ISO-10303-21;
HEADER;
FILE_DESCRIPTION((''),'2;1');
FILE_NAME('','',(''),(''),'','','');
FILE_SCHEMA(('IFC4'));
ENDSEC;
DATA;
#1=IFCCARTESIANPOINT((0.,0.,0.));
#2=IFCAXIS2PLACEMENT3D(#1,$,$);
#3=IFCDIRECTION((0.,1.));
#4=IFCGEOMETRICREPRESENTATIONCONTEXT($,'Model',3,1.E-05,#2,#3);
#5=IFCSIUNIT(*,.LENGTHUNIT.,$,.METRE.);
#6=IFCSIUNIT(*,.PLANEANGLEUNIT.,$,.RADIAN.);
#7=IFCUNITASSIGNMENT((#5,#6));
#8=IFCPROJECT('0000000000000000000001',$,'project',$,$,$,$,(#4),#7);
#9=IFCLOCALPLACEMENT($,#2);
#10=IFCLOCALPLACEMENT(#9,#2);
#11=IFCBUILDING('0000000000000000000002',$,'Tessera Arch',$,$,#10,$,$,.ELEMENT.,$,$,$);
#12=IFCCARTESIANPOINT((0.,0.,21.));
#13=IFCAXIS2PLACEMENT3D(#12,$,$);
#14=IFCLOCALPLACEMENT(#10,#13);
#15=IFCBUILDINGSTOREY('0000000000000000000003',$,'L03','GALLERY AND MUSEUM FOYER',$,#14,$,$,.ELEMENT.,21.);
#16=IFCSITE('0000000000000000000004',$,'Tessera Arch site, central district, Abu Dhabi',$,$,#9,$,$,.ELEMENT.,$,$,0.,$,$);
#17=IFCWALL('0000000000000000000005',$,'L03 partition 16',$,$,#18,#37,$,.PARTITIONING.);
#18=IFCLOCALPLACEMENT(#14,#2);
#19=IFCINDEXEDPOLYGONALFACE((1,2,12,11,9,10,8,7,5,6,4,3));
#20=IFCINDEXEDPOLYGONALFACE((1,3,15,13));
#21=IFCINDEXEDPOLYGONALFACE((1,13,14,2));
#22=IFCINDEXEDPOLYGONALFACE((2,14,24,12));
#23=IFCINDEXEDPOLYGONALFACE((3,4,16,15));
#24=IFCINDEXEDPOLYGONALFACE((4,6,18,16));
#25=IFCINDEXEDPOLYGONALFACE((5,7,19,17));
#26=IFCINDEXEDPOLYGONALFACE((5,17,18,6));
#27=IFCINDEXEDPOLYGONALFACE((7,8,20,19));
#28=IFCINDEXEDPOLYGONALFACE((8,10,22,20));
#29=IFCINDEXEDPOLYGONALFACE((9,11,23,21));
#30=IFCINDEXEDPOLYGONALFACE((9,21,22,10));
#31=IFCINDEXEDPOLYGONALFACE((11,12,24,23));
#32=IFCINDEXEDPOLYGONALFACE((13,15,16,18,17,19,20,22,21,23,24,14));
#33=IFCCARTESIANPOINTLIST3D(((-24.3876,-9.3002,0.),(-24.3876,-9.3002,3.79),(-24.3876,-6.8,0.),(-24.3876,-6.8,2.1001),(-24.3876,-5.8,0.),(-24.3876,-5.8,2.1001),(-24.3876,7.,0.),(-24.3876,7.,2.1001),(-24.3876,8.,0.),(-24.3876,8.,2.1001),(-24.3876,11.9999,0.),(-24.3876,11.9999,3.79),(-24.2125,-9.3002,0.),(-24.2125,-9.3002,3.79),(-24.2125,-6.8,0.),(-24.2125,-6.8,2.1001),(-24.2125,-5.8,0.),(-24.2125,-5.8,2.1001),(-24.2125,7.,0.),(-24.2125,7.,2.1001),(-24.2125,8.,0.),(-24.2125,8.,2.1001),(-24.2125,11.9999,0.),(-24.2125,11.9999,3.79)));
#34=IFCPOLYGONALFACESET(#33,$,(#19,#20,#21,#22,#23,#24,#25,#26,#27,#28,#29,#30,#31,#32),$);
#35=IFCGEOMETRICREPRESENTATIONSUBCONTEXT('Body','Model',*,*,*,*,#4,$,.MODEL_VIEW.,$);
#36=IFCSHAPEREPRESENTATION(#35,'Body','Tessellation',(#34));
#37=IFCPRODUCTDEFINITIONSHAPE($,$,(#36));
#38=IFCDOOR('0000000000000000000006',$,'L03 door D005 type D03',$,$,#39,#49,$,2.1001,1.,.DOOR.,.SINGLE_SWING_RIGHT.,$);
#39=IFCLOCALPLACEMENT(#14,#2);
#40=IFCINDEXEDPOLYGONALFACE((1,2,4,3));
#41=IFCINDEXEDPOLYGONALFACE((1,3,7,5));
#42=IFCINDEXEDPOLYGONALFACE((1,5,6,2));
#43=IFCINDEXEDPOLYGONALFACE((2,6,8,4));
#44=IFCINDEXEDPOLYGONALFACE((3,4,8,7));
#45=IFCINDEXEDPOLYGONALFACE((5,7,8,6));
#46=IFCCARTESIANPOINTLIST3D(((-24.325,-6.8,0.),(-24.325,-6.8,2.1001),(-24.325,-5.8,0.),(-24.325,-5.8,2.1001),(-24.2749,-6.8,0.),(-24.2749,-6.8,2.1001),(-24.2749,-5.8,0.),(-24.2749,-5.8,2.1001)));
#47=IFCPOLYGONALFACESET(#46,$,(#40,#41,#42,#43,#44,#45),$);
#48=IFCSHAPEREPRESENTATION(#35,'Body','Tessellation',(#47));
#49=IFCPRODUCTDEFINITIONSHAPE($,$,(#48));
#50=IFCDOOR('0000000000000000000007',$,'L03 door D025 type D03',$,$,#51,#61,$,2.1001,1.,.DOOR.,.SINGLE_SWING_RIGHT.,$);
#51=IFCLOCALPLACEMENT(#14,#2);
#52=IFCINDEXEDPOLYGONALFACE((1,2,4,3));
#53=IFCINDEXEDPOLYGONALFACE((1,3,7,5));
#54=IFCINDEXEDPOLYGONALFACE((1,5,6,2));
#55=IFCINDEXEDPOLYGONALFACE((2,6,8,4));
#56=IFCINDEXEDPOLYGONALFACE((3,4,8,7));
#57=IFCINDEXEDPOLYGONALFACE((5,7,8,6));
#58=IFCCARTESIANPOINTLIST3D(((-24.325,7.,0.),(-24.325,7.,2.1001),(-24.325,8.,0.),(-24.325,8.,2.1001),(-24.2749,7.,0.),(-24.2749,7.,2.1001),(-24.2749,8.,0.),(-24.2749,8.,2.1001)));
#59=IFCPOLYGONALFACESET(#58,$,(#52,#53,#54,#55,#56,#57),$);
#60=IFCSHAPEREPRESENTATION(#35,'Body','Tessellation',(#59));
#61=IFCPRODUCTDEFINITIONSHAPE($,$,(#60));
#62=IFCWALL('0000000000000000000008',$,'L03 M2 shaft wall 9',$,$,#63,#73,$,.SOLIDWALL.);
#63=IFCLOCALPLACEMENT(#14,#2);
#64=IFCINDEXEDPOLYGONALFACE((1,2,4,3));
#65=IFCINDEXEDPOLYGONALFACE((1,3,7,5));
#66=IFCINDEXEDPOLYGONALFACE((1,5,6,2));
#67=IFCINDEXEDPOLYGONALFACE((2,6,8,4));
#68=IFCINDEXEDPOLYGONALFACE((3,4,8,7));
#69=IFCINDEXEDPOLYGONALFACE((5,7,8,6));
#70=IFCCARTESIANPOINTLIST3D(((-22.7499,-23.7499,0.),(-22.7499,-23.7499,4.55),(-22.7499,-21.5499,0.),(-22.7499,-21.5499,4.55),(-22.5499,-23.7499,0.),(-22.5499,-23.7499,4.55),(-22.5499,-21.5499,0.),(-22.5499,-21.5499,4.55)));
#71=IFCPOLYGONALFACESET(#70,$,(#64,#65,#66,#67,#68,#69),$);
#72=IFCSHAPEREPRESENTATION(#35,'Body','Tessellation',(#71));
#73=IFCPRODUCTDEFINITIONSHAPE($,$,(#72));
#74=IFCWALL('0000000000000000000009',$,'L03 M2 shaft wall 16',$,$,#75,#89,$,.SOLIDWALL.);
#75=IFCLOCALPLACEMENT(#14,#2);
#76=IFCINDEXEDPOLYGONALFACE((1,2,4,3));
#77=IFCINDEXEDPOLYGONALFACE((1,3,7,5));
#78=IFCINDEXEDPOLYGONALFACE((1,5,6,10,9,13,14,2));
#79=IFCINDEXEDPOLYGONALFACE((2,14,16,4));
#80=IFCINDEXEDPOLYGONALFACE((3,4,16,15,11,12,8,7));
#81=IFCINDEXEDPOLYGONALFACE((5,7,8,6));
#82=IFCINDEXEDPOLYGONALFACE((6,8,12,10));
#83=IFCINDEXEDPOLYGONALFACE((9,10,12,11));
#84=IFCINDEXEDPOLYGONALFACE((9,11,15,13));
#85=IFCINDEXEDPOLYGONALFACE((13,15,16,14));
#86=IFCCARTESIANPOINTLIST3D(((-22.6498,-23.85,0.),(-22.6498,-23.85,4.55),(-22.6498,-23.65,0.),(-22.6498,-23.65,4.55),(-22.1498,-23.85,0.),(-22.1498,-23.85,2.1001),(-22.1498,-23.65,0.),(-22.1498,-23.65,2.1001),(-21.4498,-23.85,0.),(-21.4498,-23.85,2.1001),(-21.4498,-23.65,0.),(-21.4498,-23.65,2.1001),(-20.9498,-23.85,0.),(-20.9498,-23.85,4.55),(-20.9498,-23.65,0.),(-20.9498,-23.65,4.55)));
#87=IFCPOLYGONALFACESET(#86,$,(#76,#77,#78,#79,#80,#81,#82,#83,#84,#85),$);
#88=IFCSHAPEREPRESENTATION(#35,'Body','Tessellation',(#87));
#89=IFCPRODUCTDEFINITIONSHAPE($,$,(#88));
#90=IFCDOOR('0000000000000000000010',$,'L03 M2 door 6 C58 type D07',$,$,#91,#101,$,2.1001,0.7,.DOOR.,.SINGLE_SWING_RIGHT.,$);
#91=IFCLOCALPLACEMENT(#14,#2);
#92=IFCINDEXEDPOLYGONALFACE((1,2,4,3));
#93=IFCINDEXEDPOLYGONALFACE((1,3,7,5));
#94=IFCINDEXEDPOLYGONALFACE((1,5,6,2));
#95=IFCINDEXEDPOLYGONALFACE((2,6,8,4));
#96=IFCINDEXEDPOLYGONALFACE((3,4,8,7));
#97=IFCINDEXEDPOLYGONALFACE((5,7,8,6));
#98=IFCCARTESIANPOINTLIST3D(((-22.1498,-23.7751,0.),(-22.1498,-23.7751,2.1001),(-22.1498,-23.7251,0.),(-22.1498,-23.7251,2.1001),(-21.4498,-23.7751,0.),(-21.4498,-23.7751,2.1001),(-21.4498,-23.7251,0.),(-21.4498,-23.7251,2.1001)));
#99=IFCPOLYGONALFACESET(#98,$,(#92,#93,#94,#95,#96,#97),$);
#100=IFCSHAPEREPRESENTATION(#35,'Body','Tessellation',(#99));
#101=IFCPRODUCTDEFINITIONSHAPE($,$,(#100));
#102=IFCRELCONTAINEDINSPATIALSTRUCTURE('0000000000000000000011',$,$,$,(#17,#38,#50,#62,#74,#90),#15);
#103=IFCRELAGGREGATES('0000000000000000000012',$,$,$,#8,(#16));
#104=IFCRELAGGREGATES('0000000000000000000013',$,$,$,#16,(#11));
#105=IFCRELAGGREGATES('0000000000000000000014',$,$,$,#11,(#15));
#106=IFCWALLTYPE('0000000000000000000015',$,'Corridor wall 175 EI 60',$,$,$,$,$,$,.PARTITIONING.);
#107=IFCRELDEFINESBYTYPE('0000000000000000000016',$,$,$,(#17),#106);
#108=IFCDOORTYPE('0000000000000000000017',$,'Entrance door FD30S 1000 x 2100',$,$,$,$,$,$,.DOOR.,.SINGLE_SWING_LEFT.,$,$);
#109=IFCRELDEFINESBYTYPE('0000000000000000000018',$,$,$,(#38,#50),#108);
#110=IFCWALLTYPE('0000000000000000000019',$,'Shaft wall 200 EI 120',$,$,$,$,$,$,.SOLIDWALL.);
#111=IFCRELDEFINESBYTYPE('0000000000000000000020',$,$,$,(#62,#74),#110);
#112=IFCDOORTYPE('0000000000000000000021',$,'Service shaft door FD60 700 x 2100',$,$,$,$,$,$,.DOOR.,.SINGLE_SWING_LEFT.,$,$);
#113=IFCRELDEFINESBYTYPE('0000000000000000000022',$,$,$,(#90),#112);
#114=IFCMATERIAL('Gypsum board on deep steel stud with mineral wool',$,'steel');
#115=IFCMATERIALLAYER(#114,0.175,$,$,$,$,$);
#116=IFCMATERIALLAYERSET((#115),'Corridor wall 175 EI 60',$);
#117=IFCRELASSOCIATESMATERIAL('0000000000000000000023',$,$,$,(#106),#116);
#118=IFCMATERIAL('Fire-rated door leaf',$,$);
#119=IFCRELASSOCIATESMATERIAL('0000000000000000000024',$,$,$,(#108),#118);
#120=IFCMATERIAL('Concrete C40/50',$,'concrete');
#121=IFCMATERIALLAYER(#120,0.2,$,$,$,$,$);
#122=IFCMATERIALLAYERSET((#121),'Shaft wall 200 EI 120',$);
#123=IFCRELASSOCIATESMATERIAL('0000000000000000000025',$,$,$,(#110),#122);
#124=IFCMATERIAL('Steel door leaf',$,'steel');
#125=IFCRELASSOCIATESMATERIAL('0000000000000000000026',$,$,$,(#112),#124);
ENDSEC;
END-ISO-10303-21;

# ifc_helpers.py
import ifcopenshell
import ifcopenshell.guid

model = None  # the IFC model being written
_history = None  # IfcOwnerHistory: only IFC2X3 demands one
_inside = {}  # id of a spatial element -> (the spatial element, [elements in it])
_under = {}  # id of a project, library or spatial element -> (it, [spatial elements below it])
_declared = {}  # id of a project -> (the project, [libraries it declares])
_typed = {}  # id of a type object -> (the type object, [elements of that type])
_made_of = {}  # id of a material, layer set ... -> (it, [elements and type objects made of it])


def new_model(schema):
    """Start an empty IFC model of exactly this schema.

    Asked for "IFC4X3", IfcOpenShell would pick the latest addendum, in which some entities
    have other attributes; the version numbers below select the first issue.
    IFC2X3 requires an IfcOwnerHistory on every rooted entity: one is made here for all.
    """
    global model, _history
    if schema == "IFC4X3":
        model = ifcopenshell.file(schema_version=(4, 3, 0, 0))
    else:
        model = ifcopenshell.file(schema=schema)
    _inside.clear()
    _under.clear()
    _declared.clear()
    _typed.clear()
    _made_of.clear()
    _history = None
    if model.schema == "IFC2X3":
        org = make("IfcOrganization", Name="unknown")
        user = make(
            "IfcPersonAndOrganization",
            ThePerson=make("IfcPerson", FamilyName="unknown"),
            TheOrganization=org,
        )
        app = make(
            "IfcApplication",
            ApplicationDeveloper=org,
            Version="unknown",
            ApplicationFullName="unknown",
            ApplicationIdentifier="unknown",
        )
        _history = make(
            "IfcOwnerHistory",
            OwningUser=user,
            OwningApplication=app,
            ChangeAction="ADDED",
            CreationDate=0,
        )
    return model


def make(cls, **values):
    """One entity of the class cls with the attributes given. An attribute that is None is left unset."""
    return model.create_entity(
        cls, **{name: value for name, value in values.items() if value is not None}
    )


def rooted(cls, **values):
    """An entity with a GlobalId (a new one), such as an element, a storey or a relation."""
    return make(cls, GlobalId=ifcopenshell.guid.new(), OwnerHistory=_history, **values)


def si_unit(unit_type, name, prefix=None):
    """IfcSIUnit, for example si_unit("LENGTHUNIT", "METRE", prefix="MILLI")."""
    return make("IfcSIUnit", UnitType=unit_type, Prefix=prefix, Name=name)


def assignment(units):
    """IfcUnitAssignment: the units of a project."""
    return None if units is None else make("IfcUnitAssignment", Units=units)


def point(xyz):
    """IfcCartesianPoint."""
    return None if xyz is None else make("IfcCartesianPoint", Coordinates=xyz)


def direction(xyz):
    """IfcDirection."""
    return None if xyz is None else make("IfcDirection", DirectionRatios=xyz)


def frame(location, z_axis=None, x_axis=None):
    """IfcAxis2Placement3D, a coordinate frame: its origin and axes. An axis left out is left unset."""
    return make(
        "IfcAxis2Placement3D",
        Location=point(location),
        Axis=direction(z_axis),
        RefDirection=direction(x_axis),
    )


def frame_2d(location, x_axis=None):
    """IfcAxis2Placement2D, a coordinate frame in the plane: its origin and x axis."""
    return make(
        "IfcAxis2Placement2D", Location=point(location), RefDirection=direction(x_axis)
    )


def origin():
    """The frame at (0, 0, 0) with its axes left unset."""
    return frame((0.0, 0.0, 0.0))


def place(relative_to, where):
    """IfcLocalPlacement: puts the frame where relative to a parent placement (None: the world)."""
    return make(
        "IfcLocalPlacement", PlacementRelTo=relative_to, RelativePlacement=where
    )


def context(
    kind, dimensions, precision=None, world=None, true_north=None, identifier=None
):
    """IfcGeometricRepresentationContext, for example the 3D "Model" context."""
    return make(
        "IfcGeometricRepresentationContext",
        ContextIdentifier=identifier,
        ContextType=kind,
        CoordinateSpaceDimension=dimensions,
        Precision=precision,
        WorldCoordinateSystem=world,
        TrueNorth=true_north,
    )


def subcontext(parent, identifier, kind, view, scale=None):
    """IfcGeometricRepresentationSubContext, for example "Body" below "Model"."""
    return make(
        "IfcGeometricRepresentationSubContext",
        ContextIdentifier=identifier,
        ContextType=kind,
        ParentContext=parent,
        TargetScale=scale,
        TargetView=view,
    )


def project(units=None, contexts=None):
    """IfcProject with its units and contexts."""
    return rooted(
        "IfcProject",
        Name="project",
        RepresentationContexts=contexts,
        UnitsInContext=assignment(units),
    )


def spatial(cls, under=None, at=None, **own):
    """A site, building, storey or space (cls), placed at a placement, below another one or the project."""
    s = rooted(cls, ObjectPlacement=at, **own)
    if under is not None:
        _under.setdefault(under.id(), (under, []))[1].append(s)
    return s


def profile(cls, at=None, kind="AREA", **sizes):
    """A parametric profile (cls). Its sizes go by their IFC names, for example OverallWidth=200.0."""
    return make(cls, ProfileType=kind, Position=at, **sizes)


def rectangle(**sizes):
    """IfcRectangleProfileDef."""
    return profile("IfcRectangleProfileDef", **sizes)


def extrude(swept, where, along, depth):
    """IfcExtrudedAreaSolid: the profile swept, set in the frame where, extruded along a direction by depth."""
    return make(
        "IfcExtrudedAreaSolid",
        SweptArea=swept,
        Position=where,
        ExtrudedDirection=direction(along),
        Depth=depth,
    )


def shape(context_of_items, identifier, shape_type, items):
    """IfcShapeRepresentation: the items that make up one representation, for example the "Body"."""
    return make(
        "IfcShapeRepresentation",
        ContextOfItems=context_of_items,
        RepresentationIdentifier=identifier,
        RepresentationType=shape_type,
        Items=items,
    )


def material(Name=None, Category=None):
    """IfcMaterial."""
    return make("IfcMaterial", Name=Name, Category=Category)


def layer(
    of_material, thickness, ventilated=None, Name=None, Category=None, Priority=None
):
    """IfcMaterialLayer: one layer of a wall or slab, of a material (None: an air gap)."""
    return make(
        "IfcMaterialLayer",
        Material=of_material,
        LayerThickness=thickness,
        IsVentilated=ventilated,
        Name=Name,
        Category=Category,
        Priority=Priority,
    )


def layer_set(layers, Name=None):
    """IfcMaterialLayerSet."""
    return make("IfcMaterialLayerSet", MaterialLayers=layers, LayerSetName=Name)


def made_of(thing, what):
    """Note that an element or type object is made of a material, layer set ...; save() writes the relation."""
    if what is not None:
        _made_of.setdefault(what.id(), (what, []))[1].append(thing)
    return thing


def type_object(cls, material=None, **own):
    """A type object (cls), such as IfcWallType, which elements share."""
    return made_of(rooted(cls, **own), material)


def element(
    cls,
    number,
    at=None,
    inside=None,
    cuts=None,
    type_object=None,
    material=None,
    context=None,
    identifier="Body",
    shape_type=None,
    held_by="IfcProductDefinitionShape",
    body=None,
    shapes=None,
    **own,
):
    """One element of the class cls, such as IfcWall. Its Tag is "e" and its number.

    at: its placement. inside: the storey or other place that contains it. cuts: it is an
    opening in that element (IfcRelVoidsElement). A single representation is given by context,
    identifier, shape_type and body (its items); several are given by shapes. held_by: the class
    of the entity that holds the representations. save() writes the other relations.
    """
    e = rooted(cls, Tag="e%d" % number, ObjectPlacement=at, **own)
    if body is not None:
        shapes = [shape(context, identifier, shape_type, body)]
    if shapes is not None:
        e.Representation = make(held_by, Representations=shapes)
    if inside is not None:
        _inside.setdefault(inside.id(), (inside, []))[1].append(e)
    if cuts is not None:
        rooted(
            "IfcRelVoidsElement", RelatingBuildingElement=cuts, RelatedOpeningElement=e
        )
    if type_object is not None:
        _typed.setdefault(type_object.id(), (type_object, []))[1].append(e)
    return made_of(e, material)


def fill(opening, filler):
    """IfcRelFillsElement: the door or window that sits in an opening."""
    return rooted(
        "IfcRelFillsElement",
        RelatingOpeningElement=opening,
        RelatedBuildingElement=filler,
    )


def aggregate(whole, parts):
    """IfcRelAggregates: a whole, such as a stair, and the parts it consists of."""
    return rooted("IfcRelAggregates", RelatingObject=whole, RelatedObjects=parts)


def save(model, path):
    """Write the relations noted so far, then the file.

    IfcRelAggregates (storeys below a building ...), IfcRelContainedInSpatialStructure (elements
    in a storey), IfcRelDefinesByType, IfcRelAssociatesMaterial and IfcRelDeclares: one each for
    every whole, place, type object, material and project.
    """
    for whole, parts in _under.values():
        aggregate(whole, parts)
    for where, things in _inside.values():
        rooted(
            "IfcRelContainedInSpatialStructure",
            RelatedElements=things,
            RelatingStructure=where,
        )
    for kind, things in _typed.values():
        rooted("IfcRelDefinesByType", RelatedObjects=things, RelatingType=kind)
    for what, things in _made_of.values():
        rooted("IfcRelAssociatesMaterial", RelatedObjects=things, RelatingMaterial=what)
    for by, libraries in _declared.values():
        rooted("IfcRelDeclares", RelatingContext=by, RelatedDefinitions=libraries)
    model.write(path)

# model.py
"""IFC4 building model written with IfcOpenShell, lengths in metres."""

from ifc_helpers import new_model, si_unit, direction, frame, frame_2d, origin, place, context, subcontext, project, spatial, rectangle, extrude, material, layer, layer_set, type_object, element, fill, save


model = new_model("IFC4")

# Units and contexts
model_context = context("Model", 3, precision=1e-05, world=origin(), true_north=direction((0.0, 1.0)))
body_context = subcontext(model_context, "Body", "Model", "MODEL_VIEW")
ifc_project = project(units=[si_unit("LENGTHUNIT", "METRE"), si_unit("PLANEANGLEUNIT", "RADIAN")], contexts=[model_context])

# Site, building, storey
site_placement = place(None, origin())
site = spatial("IfcSite", under=ifc_project, at=site_placement, Name="Tessera Arch site, central district, Abu Dhabi", CompositionType="ELEMENT", RefElevation=0.0)
building_placement = place(site_placement, origin())
building = spatial("IfcBuilding", under=site, at=building_placement, Name="Tessera Arch", CompositionType="ELEMENT")
storey_placement = place(building_placement, frame((0.0, 0.0, 21.0)))
storey = spatial("IfcBuildingStorey", under=building, at=storey_placement, Name="L03", Description="GALLERY AND MUSEUM FOYER", CompositionType="ELEMENT", Elevation=21.0)

# Wall, openings, doors
ifc_material_1 = material(Name="Gypsum board on deep steel stud with mineral wool", Category="steel")
ifc_layer_1 = layer(ifc_material_1, 0.175)
ifc_layer_set_1 = layer_set([ifc_layer_1], Name="Corridor wall 175 EI 60")
wall_type_1 = type_object("IfcWallType", Name="Corridor wall 175 EI 60", PredefinedType="PARTITIONING", material=ifc_layer_set_1)
wall_1_placement = place(storey_placement, frame((-24.3, -9.3, 0.0), z_axis=(0.0, 0.0, 1.0), x_axis=(0.0, 1.0, 0.0)))
wall_1 = element("IfcWall", 1, at=wall_1_placement, inside=storey, type_object=wall_type_1, Name="L03 partition 16", PredefinedType="PARTITIONING", context=body_context, shape_type="SweptSolid", body=[
    extrude(rectangle(XDim=21.3, YDim=0.175, at=frame_2d((10.6499, 0.0))), origin(), (0.0, 0.0, 1.0), 3.79),
])
opening_1_placement = place(wall_1_placement, frame((2.5, 0.0, 0.0)))
opening_1 = element("IfcOpeningElement", 2, at=opening_1_placement, cuts=wall_1, PredefinedType="OPENING", context=body_context, shape_type="SweptSolid", body=[
    extrude(rectangle(XDim=1.0, YDim=2.1001, at=frame_2d((0.5, 1.05))), frame((0.0, 0.0974, 0.0), z_axis=(0.0, -1.0, 0.0), x_axis=(1.0, 0.0, 0.0)), (0.0, 0.0, 1.0), 0.1951),
])
opening_2_placement = place(wall_1_placement, frame((16.3, 0.0, 0.0)))
opening_2 = element("IfcOpeningElement", 3, at=opening_2_placement, cuts=wall_1, PredefinedType="OPENING", context=body_context, shape_type="SweptSolid", body=[
    extrude(rectangle(XDim=1.0, YDim=2.1001, at=frame_2d((0.5, 1.05))), frame((0.0, 0.0974, 0.0), z_axis=(0.0, -1.0, 0.0), x_axis=(1.0, 0.0, 0.0)), (0.0, 0.0, 1.0), 0.1951),
])
ifc_material_2 = material(Name="Fire-rated door leaf")
door_type_1 = type_object("IfcDoorType", Name="Entrance door FD30S 1000 x 2100", OperationType="SINGLE_SWING_LEFT", PredefinedType="DOOR", material=ifc_material_2)
door_1_placement = place(opening_1_placement, origin())
door_1 = element("IfcDoor", 4, at=door_1_placement, inside=storey, type_object=door_type_1, Name="L03 door D005 type D03", OperationType="SINGLE_SWING_RIGHT", OverallHeight=2.1001, OverallWidth=1.0, PredefinedType="DOOR", context=body_context, shape_type="SweptSolid", body=[
    extrude(rectangle(XDim=1.0, YDim=2.1001, at=frame_2d((0.5, 1.05))), frame((0.0, 0.0249, 0.0), z_axis=(0.0, -1.0, 0.0), x_axis=(1.0, 0.0, 0.0)), (0.0, 0.0, 1.0), 0.05),
])
fill(opening_1, door_1)
door_2_placement = place(opening_2_placement, origin())
door_2 = element("IfcDoor", 5, at=door_2_placement, inside=storey, type_object=door_type_1, Name="L03 door D025 type D03", OperationType="SINGLE_SWING_RIGHT", OverallHeight=2.1001, OverallWidth=1.0, PredefinedType="DOOR", context=body_context, shape_type="SweptSolid", body=[
    extrude(rectangle(XDim=1.0, YDim=2.1001, at=frame_2d((0.5, 1.05))), frame((0.0, 0.0249, 0.0), z_axis=(0.0, -1.0, 0.0), x_axis=(1.0, 0.0, 0.0)), (0.0, 0.0, 1.0), 0.05),
])
fill(opening_2, door_2)

# Wall
ifc_material_3 = material(Name="Concrete C40/50", Category="concrete")
ifc_layer_2 = layer(ifc_material_3, 0.2)
ifc_layer_set_2 = layer_set([ifc_layer_2], Name="Shaft wall 200 EI 120")
wall_type_2 = type_object("IfcWallType", Name="Shaft wall 200 EI 120", PredefinedType="SOLIDWALL", material=ifc_layer_set_2)
wall_2_placement = place(storey_placement, frame((-22.6499, -23.75, 0.0), z_axis=(0.0, 0.0, 1.0), x_axis=(0.0, 1.0, 0.0)))
element("IfcWall", 6, at=wall_2_placement, inside=storey, type_object=wall_type_2, Name="L03 M2 shaft wall 9", PredefinedType="SOLIDWALL", context=body_context, shape_type="SweptSolid", body=[
    extrude(rectangle(XDim=2.2, YDim=0.2, at=frame_2d((1.1001, 0.0))), origin(), (0.0, 0.0, 1.0), 4.55),
])

# Wall, opening, door
wall_3_placement = place(storey_placement, frame((-22.6499, -23.75, 0.0), z_axis=(0.0, 0.0, 1.0), x_axis=(1.0, 0.0, 0.0)))
wall_3 = element("IfcWall", 7, at=wall_3_placement, inside=storey, type_object=wall_type_2, Name="L03 M2 shaft wall 16", PredefinedType="SOLIDWALL", context=body_context, shape_type="SweptSolid", body=[
    extrude(rectangle(XDim=1.7, YDim=0.2, at=frame_2d((0.8501, 0.0))), origin(), (0.0, 0.0, 1.0), 4.55),
])
opening_3_placement = place(wall_3_placement, frame((0.5, 0.0, 0.0)))
opening_3 = element("IfcOpeningElement", 8, at=opening_3_placement, cuts=wall_3, PredefinedType="OPENING", context=body_context, shape_type="SweptSolid", body=[
    extrude(rectangle(XDim=0.7, YDim=2.1001, at=frame_2d((0.3501, 1.05))), frame((0.0, 0.1099, 0.0), z_axis=(0.0, -1.0, 0.0), x_axis=(1.0, 0.0, 0.0)), (0.0, 0.0, 1.0), 0.22),
])
ifc_material_4 = material(Name="Steel door leaf", Category="steel")
door_type_2 = type_object("IfcDoorType", Name="Service shaft door FD60 700 x 2100", OperationType="SINGLE_SWING_LEFT", PredefinedType="DOOR", material=ifc_material_4)
door_3_placement = place(opening_3_placement, origin())
door_3 = element("IfcDoor", 9, at=door_3_placement, inside=storey, type_object=door_type_2, Name="L03 M2 door 6 C58 type D07", OperationType="SINGLE_SWING_RIGHT", OverallHeight=2.1001, OverallWidth=0.7, PredefinedType="DOOR", context=body_context, shape_type="SweptSolid", body=[
    extrude(rectangle(XDim=0.7, YDim=2.1001, at=frame_2d((0.3501, 1.05))), frame((0.0, 0.0249, 0.0), z_axis=(0.0, -1.0, 0.0), x_axis=(1.0, 0.0, 0.0)), (0.0, 0.0, 1.0), 0.05),
])
fill(opening_3, door_3)

save(model, "model.ifc")
